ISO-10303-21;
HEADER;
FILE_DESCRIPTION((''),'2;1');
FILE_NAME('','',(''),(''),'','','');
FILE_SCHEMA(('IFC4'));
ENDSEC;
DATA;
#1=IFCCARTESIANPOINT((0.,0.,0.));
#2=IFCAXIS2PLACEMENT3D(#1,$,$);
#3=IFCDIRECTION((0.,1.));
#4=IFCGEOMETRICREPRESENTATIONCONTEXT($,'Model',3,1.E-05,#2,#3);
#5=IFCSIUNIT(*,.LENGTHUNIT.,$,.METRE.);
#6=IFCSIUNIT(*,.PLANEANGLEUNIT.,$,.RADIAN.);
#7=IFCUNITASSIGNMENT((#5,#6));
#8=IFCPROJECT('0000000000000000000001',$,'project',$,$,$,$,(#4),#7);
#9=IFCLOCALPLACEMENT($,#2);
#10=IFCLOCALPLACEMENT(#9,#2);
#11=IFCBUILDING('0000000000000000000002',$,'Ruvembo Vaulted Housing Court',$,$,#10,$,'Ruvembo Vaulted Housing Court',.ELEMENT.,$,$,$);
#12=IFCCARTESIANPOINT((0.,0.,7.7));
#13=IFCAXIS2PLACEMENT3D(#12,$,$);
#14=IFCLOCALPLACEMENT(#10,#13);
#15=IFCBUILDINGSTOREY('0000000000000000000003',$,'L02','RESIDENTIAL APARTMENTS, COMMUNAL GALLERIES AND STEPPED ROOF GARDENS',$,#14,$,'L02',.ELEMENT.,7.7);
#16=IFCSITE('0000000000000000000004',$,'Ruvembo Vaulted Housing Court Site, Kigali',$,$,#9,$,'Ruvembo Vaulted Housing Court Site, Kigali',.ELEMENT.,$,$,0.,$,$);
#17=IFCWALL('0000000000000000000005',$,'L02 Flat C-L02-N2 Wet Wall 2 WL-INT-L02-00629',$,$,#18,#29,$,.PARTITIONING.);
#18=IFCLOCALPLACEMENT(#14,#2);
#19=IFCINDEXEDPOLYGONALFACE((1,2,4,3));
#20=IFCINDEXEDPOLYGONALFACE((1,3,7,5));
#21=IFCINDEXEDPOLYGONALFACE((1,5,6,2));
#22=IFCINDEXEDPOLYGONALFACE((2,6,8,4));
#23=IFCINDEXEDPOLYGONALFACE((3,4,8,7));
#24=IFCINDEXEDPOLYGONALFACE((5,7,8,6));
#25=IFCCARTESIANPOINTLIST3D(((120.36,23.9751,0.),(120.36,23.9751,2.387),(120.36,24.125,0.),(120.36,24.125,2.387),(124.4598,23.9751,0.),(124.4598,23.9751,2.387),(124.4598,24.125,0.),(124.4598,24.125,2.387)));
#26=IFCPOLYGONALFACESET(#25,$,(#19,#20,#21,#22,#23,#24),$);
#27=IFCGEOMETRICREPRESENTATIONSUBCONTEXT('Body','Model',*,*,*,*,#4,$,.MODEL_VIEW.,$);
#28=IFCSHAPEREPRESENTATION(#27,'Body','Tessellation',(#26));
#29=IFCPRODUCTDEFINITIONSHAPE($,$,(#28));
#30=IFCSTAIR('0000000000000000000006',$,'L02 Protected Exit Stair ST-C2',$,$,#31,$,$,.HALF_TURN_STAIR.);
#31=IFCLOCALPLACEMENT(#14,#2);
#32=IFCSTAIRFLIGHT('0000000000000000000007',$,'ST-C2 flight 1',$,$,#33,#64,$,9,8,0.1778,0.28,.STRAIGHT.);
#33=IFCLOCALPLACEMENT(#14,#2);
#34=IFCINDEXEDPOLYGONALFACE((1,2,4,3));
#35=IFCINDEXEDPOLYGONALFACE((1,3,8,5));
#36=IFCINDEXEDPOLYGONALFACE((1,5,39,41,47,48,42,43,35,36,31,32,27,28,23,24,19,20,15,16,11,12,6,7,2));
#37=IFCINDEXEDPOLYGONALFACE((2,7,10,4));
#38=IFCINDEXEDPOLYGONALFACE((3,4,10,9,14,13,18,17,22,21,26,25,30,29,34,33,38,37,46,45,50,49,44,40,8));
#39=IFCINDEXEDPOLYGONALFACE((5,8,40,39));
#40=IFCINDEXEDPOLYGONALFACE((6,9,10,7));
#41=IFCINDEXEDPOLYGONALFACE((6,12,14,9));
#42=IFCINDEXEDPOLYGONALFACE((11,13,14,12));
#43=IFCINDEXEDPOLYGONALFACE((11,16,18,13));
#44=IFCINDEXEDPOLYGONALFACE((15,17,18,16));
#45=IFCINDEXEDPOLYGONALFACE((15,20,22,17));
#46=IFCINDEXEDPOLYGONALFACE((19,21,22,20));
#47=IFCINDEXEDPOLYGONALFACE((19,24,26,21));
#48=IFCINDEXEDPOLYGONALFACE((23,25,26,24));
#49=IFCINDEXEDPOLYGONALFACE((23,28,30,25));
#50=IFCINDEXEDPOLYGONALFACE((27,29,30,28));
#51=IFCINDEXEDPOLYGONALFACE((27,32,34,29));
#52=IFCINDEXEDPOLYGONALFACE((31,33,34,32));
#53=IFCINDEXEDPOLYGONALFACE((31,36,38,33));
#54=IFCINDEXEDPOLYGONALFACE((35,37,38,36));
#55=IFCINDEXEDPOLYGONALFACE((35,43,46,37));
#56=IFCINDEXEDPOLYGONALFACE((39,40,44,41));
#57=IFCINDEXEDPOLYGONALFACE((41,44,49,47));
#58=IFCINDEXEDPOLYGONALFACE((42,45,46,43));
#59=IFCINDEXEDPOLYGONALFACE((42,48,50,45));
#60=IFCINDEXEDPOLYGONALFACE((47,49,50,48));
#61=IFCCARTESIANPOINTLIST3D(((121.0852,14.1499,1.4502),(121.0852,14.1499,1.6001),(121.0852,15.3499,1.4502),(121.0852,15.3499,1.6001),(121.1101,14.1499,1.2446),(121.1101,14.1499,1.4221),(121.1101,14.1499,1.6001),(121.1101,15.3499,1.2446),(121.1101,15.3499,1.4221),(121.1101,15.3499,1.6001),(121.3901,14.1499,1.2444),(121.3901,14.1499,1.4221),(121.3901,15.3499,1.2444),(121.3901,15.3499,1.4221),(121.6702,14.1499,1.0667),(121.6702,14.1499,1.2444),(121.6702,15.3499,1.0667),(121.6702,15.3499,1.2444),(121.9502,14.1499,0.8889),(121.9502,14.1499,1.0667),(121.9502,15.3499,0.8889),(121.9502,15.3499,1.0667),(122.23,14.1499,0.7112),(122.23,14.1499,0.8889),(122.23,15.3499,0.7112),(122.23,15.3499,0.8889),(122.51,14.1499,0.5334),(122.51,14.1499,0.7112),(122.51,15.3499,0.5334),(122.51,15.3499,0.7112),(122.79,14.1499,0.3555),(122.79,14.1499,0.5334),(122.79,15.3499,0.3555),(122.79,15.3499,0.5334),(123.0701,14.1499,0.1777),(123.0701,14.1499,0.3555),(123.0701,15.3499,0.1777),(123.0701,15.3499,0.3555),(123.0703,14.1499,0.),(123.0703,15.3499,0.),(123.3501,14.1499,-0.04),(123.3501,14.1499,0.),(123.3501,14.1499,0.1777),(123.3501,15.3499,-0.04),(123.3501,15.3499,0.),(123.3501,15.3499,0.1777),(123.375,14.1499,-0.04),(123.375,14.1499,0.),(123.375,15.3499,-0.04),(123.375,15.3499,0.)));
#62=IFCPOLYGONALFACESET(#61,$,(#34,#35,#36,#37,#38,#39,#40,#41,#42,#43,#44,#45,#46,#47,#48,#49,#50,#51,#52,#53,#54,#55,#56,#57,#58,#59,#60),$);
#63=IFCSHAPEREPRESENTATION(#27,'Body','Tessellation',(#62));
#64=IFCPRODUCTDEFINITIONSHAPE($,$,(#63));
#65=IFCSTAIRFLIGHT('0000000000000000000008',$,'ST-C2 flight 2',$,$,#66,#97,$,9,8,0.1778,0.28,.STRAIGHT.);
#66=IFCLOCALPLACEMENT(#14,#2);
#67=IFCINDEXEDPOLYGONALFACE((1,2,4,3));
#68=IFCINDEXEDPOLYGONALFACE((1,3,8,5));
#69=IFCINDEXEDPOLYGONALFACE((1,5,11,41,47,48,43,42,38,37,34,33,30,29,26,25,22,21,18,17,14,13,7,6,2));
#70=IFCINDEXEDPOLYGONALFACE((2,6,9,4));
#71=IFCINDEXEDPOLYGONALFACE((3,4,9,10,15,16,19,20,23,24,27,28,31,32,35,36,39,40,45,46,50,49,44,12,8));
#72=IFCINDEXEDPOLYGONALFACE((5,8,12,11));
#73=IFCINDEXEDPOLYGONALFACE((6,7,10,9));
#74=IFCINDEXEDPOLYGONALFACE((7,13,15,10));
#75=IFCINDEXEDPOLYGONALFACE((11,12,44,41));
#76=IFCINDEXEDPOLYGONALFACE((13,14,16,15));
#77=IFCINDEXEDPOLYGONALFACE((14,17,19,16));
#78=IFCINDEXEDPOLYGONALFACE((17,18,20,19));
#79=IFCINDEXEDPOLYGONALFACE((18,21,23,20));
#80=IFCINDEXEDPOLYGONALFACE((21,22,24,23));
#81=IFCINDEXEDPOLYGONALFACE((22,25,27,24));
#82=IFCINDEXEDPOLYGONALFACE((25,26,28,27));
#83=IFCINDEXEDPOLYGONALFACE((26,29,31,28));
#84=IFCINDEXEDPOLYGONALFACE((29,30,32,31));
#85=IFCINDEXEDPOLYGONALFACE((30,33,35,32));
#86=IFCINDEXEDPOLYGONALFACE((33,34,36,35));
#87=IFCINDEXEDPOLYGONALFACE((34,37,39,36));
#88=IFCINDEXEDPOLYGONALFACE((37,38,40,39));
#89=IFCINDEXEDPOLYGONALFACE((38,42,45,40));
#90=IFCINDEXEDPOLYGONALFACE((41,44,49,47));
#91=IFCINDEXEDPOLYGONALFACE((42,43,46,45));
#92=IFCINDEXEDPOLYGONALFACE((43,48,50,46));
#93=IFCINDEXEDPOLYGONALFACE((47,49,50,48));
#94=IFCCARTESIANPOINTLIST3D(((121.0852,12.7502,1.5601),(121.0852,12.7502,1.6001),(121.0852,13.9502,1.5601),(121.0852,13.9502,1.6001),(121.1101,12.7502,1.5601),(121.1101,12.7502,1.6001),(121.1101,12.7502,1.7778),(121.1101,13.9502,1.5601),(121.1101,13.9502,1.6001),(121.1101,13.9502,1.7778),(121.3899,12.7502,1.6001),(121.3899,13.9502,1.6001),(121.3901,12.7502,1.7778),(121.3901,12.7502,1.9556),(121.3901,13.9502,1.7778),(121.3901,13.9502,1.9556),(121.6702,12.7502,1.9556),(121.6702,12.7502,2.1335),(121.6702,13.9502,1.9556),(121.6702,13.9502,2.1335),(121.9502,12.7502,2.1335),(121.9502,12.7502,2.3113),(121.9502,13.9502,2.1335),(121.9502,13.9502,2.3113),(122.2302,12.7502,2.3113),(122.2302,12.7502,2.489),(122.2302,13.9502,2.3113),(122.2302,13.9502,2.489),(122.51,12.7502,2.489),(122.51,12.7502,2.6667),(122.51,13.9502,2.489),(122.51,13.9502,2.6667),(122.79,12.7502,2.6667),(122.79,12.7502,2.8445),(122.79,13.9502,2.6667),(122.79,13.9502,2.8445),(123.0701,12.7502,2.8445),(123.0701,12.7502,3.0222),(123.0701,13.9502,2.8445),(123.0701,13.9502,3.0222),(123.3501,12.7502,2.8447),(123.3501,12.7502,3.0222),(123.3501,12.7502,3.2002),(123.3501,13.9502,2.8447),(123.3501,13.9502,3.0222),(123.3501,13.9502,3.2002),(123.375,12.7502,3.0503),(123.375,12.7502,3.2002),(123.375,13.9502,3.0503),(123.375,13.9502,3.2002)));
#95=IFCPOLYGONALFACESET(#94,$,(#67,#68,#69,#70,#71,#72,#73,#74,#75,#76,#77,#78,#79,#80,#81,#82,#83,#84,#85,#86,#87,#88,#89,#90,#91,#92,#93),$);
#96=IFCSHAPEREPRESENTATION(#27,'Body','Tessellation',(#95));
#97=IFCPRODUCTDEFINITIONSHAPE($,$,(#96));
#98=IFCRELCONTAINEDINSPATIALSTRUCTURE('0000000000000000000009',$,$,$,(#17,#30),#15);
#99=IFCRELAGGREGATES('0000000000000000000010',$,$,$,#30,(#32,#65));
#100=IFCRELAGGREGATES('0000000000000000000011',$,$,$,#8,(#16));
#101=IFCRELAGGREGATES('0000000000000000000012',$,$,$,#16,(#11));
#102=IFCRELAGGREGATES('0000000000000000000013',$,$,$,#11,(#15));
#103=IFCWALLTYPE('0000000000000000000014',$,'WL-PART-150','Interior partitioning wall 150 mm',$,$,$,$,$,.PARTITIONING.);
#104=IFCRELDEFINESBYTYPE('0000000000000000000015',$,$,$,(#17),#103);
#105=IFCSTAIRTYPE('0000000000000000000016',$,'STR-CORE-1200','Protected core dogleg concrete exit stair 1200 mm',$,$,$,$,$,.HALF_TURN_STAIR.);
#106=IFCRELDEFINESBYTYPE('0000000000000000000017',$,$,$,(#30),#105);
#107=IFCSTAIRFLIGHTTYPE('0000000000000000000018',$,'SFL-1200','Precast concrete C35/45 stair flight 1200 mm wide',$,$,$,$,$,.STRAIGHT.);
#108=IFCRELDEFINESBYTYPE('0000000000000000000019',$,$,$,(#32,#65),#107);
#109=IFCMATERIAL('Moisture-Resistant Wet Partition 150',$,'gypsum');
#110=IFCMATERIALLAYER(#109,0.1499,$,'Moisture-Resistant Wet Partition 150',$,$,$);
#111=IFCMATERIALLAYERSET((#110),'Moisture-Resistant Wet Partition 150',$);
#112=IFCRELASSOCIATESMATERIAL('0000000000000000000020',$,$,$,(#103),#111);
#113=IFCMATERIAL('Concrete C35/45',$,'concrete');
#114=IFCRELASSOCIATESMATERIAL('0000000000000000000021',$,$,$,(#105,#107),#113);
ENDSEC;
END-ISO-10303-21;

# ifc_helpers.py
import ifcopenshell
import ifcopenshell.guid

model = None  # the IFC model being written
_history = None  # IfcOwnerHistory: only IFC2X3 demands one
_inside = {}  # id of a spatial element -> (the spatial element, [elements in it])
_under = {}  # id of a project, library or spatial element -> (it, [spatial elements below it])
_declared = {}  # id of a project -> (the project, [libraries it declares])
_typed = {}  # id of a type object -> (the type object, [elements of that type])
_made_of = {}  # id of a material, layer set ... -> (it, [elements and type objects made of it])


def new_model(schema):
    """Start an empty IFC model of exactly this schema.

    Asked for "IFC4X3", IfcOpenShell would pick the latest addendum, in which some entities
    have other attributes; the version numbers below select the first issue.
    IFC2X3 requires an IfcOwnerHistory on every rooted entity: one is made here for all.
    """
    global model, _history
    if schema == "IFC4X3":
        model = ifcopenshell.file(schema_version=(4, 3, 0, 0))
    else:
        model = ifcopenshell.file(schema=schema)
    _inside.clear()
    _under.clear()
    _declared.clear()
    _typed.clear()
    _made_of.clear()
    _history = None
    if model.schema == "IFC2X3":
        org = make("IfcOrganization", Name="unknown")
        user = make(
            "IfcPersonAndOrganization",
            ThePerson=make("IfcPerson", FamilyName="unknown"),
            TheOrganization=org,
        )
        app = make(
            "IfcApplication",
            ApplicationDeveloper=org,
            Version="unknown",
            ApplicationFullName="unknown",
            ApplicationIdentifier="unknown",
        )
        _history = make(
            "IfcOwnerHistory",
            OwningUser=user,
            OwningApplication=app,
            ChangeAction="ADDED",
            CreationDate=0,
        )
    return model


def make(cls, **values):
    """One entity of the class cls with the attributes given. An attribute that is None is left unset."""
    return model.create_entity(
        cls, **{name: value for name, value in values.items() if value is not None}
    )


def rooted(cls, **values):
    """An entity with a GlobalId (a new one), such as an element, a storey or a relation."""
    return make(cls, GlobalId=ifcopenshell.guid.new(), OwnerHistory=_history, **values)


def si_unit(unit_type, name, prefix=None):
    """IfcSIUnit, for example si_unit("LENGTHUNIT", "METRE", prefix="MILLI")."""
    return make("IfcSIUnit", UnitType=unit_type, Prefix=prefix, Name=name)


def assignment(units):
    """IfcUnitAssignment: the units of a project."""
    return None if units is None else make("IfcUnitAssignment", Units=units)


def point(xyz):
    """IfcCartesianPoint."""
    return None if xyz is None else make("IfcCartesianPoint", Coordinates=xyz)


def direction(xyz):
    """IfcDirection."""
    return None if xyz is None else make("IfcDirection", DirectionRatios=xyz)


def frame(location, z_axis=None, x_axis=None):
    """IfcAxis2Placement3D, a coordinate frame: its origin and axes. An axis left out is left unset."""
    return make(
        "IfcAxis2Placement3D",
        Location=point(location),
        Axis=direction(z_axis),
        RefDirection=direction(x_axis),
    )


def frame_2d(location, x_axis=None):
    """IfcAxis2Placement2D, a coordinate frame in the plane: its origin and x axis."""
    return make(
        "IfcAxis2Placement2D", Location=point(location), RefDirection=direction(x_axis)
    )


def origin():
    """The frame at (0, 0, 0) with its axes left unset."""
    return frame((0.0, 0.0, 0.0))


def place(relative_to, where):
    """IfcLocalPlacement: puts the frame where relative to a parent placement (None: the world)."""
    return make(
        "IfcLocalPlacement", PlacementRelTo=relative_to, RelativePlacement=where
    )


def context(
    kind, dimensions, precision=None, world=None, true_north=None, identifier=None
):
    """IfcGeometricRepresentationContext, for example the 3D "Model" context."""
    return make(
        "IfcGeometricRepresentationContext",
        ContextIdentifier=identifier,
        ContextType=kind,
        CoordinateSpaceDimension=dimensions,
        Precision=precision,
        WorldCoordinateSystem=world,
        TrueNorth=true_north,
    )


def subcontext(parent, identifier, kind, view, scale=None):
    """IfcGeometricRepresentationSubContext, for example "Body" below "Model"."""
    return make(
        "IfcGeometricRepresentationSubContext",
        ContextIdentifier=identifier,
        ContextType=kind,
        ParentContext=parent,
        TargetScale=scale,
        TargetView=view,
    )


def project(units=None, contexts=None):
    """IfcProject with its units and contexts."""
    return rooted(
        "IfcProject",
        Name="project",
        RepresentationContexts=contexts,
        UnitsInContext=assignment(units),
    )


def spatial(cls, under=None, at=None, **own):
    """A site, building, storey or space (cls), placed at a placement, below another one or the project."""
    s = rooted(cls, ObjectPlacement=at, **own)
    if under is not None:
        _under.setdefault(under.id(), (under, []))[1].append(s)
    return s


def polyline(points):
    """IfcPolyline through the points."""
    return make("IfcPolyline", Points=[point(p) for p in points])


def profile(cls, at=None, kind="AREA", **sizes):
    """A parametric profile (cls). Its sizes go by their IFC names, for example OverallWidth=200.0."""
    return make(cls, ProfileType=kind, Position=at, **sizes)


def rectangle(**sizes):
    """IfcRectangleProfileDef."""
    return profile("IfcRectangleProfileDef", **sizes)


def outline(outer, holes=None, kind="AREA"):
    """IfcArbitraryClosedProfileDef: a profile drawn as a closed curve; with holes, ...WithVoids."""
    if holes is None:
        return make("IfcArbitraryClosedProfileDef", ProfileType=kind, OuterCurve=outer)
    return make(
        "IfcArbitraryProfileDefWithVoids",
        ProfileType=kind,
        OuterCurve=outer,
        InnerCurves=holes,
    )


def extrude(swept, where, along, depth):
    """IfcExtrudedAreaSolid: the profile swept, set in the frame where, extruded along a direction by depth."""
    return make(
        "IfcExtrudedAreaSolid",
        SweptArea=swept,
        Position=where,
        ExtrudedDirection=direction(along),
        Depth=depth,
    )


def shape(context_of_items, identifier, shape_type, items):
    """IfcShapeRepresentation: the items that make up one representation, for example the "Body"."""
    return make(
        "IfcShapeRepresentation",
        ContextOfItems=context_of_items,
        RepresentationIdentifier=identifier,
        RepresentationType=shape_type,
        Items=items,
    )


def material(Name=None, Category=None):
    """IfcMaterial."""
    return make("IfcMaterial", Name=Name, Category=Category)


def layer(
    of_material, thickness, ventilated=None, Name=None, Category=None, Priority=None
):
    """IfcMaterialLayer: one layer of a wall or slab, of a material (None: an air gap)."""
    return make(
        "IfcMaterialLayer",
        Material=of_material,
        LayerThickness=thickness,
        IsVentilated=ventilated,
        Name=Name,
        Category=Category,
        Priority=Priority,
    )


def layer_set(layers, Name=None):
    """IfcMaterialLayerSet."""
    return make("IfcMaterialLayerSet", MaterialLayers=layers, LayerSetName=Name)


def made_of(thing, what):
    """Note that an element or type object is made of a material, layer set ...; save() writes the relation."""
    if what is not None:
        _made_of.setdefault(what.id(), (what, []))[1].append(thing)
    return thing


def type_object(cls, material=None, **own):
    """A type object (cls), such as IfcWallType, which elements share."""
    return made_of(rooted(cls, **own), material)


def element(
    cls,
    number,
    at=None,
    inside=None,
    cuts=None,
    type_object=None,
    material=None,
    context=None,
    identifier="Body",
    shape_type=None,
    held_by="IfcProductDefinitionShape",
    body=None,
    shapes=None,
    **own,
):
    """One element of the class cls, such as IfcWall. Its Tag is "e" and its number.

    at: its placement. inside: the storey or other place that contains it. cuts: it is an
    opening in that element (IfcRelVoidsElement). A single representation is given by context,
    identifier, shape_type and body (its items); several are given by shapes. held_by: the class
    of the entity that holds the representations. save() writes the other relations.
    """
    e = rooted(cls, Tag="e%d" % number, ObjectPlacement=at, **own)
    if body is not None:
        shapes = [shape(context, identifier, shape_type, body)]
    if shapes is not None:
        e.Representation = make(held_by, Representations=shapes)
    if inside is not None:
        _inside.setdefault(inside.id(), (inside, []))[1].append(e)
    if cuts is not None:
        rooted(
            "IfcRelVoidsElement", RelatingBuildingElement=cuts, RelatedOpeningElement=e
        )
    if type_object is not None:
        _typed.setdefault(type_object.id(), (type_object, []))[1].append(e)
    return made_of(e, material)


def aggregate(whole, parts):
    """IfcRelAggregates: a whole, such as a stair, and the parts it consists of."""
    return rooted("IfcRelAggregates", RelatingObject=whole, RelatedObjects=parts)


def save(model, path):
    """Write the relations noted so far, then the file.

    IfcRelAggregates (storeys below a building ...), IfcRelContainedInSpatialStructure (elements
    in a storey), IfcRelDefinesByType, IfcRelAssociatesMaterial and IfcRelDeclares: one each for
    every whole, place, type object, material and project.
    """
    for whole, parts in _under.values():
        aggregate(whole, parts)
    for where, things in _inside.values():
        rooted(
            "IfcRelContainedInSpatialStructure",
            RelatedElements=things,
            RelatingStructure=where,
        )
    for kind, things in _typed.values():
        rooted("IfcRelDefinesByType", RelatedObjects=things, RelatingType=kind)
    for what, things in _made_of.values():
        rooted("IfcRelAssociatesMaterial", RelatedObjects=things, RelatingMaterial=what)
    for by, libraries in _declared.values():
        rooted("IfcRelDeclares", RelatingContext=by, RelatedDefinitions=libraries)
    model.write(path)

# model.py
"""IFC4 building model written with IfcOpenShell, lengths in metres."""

from ifc_helpers import new_model, si_unit, direction, frame, frame_2d, origin, place, context, subcontext, project, spatial, polyline, rectangle, outline, extrude, material, layer, layer_set, type_object, element, aggregate, save


model = new_model("IFC4")

# Units and contexts
model_context = context("Model", 3, precision=1e-05, world=origin(), true_north=direction((0.0, 1.0)))
body_context = subcontext(model_context, "Body", "Model", "MODEL_VIEW")
ifc_project = project(units=[si_unit("LENGTHUNIT", "METRE"), si_unit("PLANEANGLEUNIT", "RADIAN")], contexts=[model_context])

# Site, building, storey
site_placement = place(None, origin())
site = spatial("IfcSite", under=ifc_project, at=site_placement, Name="Ruvembo Vaulted Housing Court Site, Kigali", LongName="Ruvembo Vaulted Housing Court Site, Kigali", CompositionType="ELEMENT", RefElevation=0.0)
building_placement = place(site_placement, origin())
building = spatial("IfcBuilding", under=site, at=building_placement, Name="Ruvembo Vaulted Housing Court", LongName="Ruvembo Vaulted Housing Court", CompositionType="ELEMENT")
storey_placement = place(building_placement, frame((0.0, 0.0, 7.7)))
storey = spatial("IfcBuildingStorey", under=building, at=storey_placement, Name="L02", Description="RESIDENTIAL APARTMENTS, COMMUNAL GALLERIES AND STEPPED ROOF GARDENS", LongName="L02", CompositionType="ELEMENT", Elevation=7.7)

# Shared definitions
ifc_material_1 = material(Name="Concrete C35/45", Category="concrete")

# Wall
ifc_material_2 = material(Name="Moisture-Resistant Wet Partition 150", Category="gypsum")
ifc_layer_1 = layer(ifc_material_2, 0.1499, Name="Moisture-Resistant Wet Partition 150")
ifc_layer_set_1 = layer_set([ifc_layer_1], Name="Moisture-Resistant Wet Partition 150")
wall_type_1 = type_object("IfcWallType", Name="WL-PART-150", Description="Interior partitioning wall 150 mm", PredefinedType="PARTITIONING", material=ifc_layer_set_1)
wall_1_placement = place(storey_placement, frame((120.3601, 24.05, 0.0), z_axis=(0.0, 0.0, 1.0), x_axis=(1.0, 0.0, 0.0)))
element("IfcWall", 1, at=wall_1_placement, inside=storey, type_object=wall_type_1, Name="L02 Flat C-L02-N2 Wet Wall 2 WL-INT-L02-00629", PredefinedType="PARTITIONING", context=body_context, shape_type="SweptSolid", body=[
    extrude(rectangle(XDim=4.0999, YDim=0.1499, at=frame_2d((2.0498, 0.0))), origin(), (0.0, 0.0, 1.0), 2.387),
])

# Stair, stair flights
stair_type = type_object("IfcStairType", Name="STR-CORE-1200", Description="Protected core dogleg concrete exit stair 1200 mm", PredefinedType="HALF_TURN_STAIR", material=ifc_material_1)
stair_placement = place(storey_placement, origin())
stair = element("IfcStair", 2, at=stair_placement, inside=storey, type_object=stair_type, Name="L02 Protected Exit Stair ST-C2", PredefinedType="HALF_TURN_STAIR")
stair_flight_type = type_object("IfcStairFlightType", Name="SFL-1200", Description="Precast concrete C35/45 stair flight 1200 mm wide", PredefinedType="STRAIGHT", material=ifc_material_1)
stair_flight_1_placement = place(storey_placement, frame((123.3501, 14.75, 0.0), z_axis=(0.0, 0.0, 1.0), x_axis=(-1.0, 0.0, 0.0)))
stair_flight_1 = element("IfcStairFlight", 3, at=stair_flight_1_placement, type_object=stair_flight_type, Name="ST-C2 flight 1", NumberOfRisers=9, NumberOfTreads=8, PredefinedType="STRAIGHT", RiserHeight=0.1778, TreadLength=0.28, context=body_context, shape_type="SweptSolid", body=[
    extrude(outline(polyline([(-0.0249, -0.04), (-0.0249, 0.0), (0.0, 0.0), (0.0, 0.1777), (0.28, 0.1777), (0.28, 0.3555), (0.5601, 0.3555), (0.5601, 0.5334), (0.8401, 0.5334), (0.8401, 0.7112), (1.1201, 0.7112), (1.1201, 0.8889), (1.3999, 0.8889), (1.3999, 1.0667), (1.6799, 1.0667), (1.6799, 1.2444), (1.96, 1.2444), (1.96, 1.4221), (2.24, 1.4221), (2.24, 1.6001), (2.2649, 1.6001), (2.2649, 1.4502), (2.24, 1.2446), (0.2798, 0.0), (0.0, -0.04), (-0.0249, -0.04)])), frame((0.0, 0.6001, 0.0), z_axis=(0.0, -1.0, 0.0), x_axis=(1.0, 0.0, 0.0)), (0.0, 0.0, 1.0), 1.2),
])
stair_flight_2_placement = place(storey_placement, frame((121.1101, 13.3501, 1.6001), z_axis=(0.0, 0.0, 1.0), x_axis=(1.0, 0.0, 0.0)))
stair_flight_2 = element("IfcStairFlight", 4, at=stair_flight_2_placement, type_object=stair_flight_type, Name="ST-C2 flight 2", NumberOfRisers=9, NumberOfTreads=8, PredefinedType="STRAIGHT", RiserHeight=0.1778, TreadLength=0.28, context=body_context, shape_type="SweptSolid", body=[
    extrude(outline(polyline([(-0.0249, -0.04), (-0.0249, 0.0), (0.0, 0.0), (0.0, 0.1777), (0.28, 0.1777), (0.28, 0.3555), (0.5601, 0.3555), (0.5601, 0.5334), (0.8401, 0.5334), (0.8401, 0.7112), (1.1201, 0.7112), (1.1201, 0.8889), (1.3999, 0.8889), (1.3999, 1.0667), (1.6799, 1.0667), (1.6799, 1.2444), (1.96, 1.2444), (1.96, 1.4221), (2.24, 1.4221), (2.24, 1.6001), (2.2649, 1.6001), (2.2649, 1.4502), (2.24, 1.2446), (0.2798, 0.0), (0.0, -0.04), (-0.0249, -0.04)])), frame((0.0, 0.6001, 0.0), z_axis=(0.0, -1.0, 0.0), x_axis=(1.0, 0.0, 0.0)), (0.0, 0.0, 1.0), 1.2),
])
aggregate(stair, [stair_flight_1, stair_flight_2])

save(model, "model.ifc")
